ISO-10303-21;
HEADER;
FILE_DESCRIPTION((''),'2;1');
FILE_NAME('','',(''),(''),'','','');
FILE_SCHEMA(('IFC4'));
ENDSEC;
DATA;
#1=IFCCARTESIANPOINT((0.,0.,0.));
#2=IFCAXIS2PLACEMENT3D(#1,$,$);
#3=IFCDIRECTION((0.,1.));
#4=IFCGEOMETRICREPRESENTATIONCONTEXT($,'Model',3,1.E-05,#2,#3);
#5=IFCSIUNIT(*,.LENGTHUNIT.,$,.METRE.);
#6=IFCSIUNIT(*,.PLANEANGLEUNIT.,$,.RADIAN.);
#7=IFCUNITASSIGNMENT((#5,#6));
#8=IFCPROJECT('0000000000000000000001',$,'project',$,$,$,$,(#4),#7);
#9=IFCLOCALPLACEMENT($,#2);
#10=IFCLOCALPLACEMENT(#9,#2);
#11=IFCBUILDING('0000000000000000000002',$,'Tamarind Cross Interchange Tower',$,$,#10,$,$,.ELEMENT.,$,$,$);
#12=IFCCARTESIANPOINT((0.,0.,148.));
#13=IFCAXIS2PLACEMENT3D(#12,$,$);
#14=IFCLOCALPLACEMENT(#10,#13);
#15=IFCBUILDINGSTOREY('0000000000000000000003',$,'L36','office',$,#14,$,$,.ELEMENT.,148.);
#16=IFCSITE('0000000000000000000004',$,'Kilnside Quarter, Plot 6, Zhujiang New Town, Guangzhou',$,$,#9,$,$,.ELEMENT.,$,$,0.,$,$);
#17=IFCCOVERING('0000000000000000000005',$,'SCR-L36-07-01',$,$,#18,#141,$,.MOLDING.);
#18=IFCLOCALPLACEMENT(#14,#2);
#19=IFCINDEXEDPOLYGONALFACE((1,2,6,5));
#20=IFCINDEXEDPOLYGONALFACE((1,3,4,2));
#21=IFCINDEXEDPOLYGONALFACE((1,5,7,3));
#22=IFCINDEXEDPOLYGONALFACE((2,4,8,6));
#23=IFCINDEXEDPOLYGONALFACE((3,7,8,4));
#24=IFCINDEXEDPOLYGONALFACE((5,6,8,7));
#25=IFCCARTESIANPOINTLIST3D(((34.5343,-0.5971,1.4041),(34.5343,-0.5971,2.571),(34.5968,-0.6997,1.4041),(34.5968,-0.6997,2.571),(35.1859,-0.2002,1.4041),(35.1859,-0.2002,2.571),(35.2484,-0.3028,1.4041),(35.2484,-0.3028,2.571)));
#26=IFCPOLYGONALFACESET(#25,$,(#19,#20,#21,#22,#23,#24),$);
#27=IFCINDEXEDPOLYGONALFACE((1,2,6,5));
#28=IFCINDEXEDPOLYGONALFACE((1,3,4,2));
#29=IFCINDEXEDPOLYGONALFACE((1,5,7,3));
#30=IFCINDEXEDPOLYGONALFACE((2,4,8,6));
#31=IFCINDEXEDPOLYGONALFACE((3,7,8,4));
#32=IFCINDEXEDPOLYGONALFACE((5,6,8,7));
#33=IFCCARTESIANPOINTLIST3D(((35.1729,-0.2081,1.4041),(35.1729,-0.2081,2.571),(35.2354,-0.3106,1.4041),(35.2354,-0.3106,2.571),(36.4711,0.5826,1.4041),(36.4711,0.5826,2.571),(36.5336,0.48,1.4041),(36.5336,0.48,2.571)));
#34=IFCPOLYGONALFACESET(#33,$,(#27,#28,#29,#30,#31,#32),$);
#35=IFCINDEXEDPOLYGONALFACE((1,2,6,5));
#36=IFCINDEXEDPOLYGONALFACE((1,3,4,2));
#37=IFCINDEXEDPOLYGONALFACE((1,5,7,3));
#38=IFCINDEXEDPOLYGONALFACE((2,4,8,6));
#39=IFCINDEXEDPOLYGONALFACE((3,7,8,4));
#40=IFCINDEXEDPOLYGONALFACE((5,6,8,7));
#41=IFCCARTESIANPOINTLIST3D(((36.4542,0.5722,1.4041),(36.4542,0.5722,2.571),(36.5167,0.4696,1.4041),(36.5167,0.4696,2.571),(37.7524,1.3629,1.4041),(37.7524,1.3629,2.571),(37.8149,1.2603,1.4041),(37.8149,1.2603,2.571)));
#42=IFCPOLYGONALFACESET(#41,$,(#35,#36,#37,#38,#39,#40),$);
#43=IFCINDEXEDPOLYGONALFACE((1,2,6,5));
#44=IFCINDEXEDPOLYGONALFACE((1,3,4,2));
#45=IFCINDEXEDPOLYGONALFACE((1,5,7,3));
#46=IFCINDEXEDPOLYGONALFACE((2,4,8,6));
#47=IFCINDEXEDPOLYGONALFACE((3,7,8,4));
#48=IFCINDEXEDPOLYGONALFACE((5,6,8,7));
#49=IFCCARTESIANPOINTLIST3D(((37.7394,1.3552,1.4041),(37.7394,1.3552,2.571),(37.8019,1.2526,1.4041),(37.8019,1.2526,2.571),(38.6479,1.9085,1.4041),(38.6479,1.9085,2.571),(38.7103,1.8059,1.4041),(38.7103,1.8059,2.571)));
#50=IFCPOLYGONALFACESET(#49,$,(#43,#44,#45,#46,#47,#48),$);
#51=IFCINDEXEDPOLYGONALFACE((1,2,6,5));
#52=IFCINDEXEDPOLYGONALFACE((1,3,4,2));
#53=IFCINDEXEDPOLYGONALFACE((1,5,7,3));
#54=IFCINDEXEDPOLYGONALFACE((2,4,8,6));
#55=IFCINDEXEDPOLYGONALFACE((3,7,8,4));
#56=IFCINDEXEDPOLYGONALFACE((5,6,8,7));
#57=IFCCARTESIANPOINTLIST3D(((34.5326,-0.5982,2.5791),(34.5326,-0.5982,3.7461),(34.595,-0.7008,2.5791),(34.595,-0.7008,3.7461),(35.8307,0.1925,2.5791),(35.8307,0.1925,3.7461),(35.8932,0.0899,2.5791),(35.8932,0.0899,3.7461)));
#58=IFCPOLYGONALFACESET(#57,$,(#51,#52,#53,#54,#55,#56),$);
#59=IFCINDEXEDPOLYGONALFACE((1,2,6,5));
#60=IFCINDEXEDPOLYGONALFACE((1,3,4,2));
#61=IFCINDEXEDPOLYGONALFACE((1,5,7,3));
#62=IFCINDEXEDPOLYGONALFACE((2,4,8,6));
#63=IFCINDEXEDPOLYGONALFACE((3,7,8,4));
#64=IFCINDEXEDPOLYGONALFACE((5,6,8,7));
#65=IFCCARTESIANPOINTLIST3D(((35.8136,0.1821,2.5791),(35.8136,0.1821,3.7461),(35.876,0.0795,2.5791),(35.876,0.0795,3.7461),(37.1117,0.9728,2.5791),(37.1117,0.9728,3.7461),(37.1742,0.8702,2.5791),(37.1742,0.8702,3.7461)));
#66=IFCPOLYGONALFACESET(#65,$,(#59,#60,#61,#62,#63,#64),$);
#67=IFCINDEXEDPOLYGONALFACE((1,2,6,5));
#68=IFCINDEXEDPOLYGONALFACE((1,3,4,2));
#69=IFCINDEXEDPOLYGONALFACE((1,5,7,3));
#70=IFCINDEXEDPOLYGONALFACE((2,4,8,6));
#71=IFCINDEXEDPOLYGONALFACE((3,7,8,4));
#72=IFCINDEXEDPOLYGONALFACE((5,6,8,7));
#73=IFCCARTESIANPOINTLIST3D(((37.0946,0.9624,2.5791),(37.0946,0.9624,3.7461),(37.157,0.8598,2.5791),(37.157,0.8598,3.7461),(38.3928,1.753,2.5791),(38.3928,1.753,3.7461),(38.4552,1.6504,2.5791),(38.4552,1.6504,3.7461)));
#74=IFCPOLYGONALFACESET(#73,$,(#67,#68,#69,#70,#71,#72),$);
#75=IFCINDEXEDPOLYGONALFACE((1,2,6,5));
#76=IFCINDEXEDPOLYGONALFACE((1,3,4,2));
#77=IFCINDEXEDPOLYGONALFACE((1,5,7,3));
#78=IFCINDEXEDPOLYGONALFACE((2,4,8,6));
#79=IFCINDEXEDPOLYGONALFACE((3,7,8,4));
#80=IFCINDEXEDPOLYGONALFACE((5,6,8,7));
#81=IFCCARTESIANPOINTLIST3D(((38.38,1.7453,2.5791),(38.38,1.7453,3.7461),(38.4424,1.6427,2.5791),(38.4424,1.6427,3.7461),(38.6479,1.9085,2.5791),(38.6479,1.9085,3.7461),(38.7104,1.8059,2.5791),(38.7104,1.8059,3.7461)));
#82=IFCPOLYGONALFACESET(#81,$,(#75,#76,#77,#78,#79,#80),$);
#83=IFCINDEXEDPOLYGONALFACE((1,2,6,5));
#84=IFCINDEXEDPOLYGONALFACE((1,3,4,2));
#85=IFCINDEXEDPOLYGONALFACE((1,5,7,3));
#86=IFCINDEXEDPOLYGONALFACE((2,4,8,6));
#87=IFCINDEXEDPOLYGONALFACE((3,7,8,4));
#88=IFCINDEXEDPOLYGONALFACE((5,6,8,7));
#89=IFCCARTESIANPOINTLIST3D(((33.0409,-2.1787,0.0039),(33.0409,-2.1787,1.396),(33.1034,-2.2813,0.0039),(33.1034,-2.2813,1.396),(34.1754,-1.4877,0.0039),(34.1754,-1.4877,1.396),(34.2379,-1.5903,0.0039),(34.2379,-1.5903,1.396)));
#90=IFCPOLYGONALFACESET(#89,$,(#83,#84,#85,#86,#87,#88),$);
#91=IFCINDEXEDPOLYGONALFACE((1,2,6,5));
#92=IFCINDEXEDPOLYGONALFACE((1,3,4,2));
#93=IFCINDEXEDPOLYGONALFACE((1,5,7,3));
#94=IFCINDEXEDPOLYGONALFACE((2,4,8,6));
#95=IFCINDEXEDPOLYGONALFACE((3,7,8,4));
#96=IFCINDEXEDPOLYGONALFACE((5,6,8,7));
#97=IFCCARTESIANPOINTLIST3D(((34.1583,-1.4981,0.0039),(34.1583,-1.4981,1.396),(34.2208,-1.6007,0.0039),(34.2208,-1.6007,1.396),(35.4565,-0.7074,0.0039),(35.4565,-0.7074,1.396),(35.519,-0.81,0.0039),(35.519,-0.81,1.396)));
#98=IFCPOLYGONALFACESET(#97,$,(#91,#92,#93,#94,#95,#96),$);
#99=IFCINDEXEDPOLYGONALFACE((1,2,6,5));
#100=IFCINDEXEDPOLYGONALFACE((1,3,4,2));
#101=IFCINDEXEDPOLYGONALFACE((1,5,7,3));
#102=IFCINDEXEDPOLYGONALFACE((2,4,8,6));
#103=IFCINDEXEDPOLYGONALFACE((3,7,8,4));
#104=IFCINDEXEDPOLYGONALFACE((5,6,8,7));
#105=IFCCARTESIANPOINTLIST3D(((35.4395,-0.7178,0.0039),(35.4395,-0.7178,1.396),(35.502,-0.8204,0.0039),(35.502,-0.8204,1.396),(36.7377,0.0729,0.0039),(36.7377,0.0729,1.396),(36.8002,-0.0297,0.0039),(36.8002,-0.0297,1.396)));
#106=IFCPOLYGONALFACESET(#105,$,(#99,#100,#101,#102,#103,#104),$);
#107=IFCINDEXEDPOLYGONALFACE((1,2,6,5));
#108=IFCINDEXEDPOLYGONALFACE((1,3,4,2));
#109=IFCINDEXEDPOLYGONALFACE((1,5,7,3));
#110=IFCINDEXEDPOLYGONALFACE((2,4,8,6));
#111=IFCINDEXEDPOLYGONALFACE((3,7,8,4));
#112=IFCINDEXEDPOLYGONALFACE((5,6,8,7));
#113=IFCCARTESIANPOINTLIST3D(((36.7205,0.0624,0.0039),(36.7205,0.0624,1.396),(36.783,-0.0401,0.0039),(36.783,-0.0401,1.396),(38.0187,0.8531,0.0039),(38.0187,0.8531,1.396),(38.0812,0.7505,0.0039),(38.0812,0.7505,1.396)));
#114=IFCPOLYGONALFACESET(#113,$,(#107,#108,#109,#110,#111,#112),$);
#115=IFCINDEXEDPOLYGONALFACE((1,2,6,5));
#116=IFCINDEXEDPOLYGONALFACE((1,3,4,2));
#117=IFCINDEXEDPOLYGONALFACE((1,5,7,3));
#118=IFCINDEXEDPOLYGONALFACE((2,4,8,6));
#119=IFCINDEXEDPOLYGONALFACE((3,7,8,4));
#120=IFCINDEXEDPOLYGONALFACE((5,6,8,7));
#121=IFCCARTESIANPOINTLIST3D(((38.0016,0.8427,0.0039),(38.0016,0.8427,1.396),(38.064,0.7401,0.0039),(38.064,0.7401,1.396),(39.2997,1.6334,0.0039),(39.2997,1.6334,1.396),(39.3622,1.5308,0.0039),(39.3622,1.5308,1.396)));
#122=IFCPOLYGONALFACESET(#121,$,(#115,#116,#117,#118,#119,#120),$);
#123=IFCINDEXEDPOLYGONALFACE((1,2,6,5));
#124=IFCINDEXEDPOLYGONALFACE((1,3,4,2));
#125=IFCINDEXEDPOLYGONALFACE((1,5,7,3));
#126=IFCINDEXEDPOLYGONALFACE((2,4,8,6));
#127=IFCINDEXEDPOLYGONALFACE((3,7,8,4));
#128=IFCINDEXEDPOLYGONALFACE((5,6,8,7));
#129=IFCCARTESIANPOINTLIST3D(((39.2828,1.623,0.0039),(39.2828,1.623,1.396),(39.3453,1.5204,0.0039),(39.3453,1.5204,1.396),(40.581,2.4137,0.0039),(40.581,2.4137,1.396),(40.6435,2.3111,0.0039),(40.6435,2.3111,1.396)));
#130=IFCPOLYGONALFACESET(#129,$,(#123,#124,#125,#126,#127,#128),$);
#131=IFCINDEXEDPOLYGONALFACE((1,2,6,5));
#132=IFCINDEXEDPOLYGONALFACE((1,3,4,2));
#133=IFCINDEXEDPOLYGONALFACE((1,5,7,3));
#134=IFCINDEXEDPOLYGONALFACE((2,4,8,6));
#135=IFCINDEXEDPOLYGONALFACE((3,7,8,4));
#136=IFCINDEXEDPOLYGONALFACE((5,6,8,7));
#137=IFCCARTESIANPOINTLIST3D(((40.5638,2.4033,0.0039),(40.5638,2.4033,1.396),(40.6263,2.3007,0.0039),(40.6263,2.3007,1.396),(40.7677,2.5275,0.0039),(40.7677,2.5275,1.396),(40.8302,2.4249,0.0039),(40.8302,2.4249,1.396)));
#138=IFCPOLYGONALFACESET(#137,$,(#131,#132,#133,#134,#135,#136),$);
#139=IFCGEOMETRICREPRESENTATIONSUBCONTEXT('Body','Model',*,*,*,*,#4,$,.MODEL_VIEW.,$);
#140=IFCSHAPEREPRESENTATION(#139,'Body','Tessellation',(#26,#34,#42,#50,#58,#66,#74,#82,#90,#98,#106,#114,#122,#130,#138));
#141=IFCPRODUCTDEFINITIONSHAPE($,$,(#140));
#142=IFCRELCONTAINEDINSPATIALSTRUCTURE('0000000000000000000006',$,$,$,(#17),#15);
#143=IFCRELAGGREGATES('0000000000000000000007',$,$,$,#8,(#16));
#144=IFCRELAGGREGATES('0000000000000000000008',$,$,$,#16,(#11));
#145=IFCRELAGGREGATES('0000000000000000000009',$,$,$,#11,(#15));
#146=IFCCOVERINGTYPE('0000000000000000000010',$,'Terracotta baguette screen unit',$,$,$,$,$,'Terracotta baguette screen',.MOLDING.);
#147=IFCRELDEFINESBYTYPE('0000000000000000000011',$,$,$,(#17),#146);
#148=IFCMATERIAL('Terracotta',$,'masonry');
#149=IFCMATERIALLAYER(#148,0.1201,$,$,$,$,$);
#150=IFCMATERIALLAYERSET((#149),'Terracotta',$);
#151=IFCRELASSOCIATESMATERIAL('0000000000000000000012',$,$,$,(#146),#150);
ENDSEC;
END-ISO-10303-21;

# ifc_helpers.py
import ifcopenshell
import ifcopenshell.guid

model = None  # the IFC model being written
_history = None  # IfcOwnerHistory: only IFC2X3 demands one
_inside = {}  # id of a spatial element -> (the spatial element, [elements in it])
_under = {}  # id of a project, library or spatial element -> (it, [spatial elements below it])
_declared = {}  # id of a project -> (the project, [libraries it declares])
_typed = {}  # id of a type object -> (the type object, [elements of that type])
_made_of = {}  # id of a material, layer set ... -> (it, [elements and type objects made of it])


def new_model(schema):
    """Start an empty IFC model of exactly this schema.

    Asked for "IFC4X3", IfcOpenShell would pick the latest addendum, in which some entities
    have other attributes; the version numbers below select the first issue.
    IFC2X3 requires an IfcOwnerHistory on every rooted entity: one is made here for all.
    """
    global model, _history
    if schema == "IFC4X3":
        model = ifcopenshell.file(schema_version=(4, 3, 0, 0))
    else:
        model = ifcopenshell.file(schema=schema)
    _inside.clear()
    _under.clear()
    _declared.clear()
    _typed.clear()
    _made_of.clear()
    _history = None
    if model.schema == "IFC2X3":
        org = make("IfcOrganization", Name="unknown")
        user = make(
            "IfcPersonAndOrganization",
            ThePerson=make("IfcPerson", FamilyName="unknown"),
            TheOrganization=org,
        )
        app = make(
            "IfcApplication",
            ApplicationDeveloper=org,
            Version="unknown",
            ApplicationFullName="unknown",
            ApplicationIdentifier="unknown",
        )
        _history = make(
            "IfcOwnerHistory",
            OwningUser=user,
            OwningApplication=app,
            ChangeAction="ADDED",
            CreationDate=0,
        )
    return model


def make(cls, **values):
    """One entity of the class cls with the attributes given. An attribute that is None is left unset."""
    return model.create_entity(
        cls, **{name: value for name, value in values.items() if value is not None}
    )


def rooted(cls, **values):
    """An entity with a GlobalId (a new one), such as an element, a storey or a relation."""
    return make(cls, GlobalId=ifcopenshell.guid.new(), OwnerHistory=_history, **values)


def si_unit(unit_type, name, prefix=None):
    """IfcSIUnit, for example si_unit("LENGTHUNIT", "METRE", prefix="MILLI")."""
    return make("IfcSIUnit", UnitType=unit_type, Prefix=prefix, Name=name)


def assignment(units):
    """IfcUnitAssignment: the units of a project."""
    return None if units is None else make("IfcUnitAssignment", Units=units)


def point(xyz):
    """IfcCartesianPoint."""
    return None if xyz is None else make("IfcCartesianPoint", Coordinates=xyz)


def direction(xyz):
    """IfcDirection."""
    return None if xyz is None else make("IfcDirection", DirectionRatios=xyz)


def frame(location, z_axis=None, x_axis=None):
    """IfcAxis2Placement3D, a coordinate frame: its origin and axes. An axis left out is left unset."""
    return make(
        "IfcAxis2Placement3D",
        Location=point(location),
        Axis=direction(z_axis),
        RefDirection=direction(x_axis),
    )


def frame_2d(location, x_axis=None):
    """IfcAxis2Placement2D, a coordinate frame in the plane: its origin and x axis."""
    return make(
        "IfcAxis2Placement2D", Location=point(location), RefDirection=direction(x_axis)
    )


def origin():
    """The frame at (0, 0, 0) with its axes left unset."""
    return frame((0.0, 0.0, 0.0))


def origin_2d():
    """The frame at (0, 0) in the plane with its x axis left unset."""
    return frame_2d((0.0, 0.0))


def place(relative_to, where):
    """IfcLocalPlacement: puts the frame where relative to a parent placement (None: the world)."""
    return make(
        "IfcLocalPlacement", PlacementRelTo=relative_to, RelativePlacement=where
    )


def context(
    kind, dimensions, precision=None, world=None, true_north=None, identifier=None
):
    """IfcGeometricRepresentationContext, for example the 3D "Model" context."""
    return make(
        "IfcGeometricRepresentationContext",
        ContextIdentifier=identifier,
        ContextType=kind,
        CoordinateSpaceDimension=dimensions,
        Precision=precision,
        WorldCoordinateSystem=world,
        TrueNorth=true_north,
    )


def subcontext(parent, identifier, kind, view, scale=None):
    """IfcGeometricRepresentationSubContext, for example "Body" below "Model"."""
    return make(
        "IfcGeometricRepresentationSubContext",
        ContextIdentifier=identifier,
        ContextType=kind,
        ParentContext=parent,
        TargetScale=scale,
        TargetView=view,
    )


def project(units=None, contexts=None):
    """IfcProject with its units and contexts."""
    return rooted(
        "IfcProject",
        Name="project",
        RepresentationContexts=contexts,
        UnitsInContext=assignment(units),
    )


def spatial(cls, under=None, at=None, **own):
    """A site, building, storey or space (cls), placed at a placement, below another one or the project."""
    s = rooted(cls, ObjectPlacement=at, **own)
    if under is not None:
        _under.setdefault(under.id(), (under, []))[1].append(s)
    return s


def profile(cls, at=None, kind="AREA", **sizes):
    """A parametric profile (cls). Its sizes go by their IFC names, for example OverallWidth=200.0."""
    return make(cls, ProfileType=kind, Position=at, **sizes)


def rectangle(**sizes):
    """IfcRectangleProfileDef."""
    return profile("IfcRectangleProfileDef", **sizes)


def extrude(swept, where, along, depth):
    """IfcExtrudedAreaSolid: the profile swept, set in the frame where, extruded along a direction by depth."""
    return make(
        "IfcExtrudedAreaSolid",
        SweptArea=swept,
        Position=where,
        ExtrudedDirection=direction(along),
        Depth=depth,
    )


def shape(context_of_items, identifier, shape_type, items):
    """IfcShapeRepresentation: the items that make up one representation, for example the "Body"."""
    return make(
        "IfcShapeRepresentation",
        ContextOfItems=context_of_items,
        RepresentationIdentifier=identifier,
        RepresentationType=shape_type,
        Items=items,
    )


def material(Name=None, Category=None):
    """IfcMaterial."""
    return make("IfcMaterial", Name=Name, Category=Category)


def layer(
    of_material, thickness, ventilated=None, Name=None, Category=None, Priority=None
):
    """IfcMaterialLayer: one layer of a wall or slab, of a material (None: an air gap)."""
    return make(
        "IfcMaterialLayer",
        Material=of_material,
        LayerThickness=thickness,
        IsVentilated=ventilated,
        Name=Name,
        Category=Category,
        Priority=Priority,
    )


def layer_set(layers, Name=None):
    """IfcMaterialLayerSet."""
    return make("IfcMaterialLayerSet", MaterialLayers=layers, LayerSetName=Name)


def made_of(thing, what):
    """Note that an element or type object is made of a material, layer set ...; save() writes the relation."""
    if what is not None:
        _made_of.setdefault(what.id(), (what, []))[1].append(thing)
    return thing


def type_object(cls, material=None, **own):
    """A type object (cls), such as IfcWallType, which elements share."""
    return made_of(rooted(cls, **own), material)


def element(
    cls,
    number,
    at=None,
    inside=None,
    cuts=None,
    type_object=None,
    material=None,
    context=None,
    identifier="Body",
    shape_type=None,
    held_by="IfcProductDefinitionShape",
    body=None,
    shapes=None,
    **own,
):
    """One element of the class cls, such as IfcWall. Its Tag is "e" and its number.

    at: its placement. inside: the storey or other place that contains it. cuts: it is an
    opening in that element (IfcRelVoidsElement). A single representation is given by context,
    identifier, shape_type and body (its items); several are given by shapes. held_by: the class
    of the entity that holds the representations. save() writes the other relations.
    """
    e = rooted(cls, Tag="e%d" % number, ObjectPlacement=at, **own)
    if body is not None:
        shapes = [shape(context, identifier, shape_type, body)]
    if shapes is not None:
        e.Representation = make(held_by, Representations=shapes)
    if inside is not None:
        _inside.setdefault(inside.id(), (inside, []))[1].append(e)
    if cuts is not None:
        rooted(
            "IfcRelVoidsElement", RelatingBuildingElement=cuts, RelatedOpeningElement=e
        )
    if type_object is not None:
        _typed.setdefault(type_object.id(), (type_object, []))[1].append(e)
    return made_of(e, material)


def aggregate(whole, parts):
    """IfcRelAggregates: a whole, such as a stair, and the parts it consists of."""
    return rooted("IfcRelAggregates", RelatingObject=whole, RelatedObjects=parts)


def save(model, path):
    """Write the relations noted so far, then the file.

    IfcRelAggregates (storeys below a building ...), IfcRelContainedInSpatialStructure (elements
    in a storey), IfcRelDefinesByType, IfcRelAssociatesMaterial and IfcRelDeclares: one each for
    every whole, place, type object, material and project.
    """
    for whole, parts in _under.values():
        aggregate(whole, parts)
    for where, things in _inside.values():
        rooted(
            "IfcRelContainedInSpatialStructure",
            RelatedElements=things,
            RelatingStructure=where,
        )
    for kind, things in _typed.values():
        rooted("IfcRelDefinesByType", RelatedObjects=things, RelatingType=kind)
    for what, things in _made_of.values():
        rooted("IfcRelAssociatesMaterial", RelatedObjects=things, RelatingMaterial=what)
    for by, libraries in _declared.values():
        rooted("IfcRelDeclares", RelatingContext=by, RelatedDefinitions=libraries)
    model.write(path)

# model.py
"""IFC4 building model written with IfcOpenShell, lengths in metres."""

from ifc_helpers import new_model, si_unit, direction, frame, origin, origin_2d, place, context, subcontext, project, spatial, rectangle, extrude, material, layer, layer_set, type_object, element, save


model = new_model("IFC4")

# Units and contexts
model_context = context("Model", 3, precision=1e-05, world=origin(), true_north=direction((0.0, 1.0)))
body_context = subcontext(model_context, "Body", "Model", "MODEL_VIEW")
ifc_project = project(units=[si_unit("LENGTHUNIT", "METRE"), si_unit("PLANEANGLEUNIT", "RADIAN")], contexts=[model_context])

# Site, building, storey
site_placement = place(None, origin())
site = spatial("IfcSite", under=ifc_project, at=site_placement, Name="Kilnside Quarter, Plot 6, Zhujiang New Town, Guangzhou", CompositionType="ELEMENT", RefElevation=0.0)
building_placement = place(site_placement, origin())
building = spatial("IfcBuilding", under=site, at=building_placement, Name="Tamarind Cross Interchange Tower", CompositionType="ELEMENT")
storey_placement = place(building_placement, frame((0.0, 0.0, 148.0)))
storey = spatial("IfcBuildingStorey", under=building, at=storey_placement, Name="L36", Description="office", CompositionType="ELEMENT", Elevation=148.0)

# Covering
ifc_material_1 = material(Name="Terracotta", Category="masonry")
ifc_layer_1 = layer(ifc_material_1, 0.1201)
ifc_layer_set_1 = layer_set([ifc_layer_1], Name="Terracotta")
covering_type = type_object("IfcCoveringType", Name="Terracotta baguette screen unit", ElementType="Terracotta baguette screen", PredefinedType="MOLDING", material=ifc_layer_set_1)
covering_1_placement = place(storey_placement, origin())
element("IfcCovering", 1, at=covering_1_placement, inside=storey, type_object=covering_type, Name="SCR-L36-07-01", PredefinedType="MOLDING", context=body_context, shape_type="SweptSolid", body=[
    extrude(rectangle(XDim=0.7629, YDim=0.1201, at=origin_2d()), frame((34.8914, -0.45, 1.4041), z_axis=(0.0, 0.0, 1.0), x_axis=(0.85406, 0.520175, 0.0)), (0.0, 0.0, 1.0), 1.167),
    extrude(rectangle(XDim=1.52, YDim=0.1201, at=origin_2d()), frame((35.8533, 0.136, 1.4041), z_axis=(0.0, 0.0, 1.0), x_axis=(0.85406, 0.520175, 0.0)), (0.0, 0.0, 1.0), 1.167),
    extrude(rectangle(XDim=1.52, YDim=0.1201, at=origin_2d()), frame((37.1345, 0.9163, 1.4041), z_axis=(0.0, 0.0, 1.0), x_axis=(0.85406, 0.520175, 0.0)), (0.0, 0.0, 1.0), 1.167),
    extrude(rectangle(XDim=1.0637, YDim=0.1201, at=origin_2d()), frame((38.2249, 1.5806, 1.4041), z_axis=(0.0, 0.0, 1.0), x_axis=(0.85406, 0.520175, 0.0)), (0.0, 0.0, 1.0), 1.167),
    extrude(rectangle(XDim=1.52, YDim=0.1201, at=origin_2d()), frame((35.2129, -0.2542, 2.5791), z_axis=(0.0, 0.0, 1.0), x_axis=(0.85406, 0.520175, 0.0)), (0.0, 0.0, 1.0), 1.167),
    extrude(rectangle(XDim=1.52, YDim=0.1201, at=origin_2d()), frame((36.4939, 0.5261, 2.5791), z_axis=(0.0, 0.0, 1.0), x_axis=(0.85406, 0.520175, 0.0)), (0.0, 0.0, 1.0), 1.167),
    extrude(rectangle(XDim=1.52, YDim=0.1201, at=origin_2d()), frame((37.7749, 1.3064, 2.5791), z_axis=(0.0, 0.0, 1.0), x_axis=(0.85406, 0.520175, 0.0)), (0.0, 0.0, 1.0), 1.167),
    extrude(rectangle(XDim=0.3137, YDim=0.1201, at=origin_2d()), frame((38.5452, 1.7756, 2.5791), z_axis=(0.0, 0.0, 1.0), x_axis=(0.85406, 0.520175, 0.0)), (0.0, 0.0, 1.0), 1.167),
    extrude(rectangle(XDim=1.3284, YDim=0.1201, at=origin_2d()), frame((33.6394, -1.8845, 0.0039), z_axis=(0.0, 0.0, 1.0), x_axis=(0.85406, 0.520175, 0.0)), (0.0, 0.0, 1.0), 1.3921),
    extrude(rectangle(XDim=1.52, YDim=0.1201, at=origin_2d()), frame((34.8386, -1.1541, 0.0039), z_axis=(0.0, 0.0, 1.0), x_axis=(0.85406, 0.520175, 0.0)), (0.0, 0.0, 1.0), 1.3921),
    extrude(rectangle(XDim=1.52, YDim=0.1201, at=origin_2d()), frame((36.1199, -0.3738, 0.0039), z_axis=(0.0, 0.0, 1.0), x_axis=(0.85406, 0.520175, 0.0)), (0.0, 0.0, 1.0), 1.3921),
    extrude(rectangle(XDim=1.52, YDim=0.1201, at=origin_2d()), frame((37.4009, 0.4065, 0.0039), z_axis=(0.0, 0.0, 1.0), x_axis=(0.85406, 0.520175, 0.0)), (0.0, 0.0, 1.0), 1.3921),
    extrude(rectangle(XDim=1.52, YDim=0.1201, at=origin_2d()), frame((38.6819, 1.1868, 0.0039), z_axis=(0.0, 0.0, 1.0), x_axis=(0.85406, 0.520175, 0.0)), (0.0, 0.0, 1.0), 1.3921),
    extrude(rectangle(XDim=1.52, YDim=0.1201, at=origin_2d()), frame((39.9631, 1.967, 0.0039), z_axis=(0.0, 0.0, 1.0), x_axis=(0.85406, 0.520175, 0.0)), (0.0, 0.0, 1.0), 1.3921),
    extrude(rectangle(XDim=0.2388, YDim=0.1201, at=origin_2d()), frame((40.697, 2.4141, 0.0039), z_axis=(0.0, 0.0, 1.0), x_axis=(0.85406, 0.520175, 0.0)), (0.0, 0.0, 1.0), 1.3921),
])

save(model, "model.ifc")
